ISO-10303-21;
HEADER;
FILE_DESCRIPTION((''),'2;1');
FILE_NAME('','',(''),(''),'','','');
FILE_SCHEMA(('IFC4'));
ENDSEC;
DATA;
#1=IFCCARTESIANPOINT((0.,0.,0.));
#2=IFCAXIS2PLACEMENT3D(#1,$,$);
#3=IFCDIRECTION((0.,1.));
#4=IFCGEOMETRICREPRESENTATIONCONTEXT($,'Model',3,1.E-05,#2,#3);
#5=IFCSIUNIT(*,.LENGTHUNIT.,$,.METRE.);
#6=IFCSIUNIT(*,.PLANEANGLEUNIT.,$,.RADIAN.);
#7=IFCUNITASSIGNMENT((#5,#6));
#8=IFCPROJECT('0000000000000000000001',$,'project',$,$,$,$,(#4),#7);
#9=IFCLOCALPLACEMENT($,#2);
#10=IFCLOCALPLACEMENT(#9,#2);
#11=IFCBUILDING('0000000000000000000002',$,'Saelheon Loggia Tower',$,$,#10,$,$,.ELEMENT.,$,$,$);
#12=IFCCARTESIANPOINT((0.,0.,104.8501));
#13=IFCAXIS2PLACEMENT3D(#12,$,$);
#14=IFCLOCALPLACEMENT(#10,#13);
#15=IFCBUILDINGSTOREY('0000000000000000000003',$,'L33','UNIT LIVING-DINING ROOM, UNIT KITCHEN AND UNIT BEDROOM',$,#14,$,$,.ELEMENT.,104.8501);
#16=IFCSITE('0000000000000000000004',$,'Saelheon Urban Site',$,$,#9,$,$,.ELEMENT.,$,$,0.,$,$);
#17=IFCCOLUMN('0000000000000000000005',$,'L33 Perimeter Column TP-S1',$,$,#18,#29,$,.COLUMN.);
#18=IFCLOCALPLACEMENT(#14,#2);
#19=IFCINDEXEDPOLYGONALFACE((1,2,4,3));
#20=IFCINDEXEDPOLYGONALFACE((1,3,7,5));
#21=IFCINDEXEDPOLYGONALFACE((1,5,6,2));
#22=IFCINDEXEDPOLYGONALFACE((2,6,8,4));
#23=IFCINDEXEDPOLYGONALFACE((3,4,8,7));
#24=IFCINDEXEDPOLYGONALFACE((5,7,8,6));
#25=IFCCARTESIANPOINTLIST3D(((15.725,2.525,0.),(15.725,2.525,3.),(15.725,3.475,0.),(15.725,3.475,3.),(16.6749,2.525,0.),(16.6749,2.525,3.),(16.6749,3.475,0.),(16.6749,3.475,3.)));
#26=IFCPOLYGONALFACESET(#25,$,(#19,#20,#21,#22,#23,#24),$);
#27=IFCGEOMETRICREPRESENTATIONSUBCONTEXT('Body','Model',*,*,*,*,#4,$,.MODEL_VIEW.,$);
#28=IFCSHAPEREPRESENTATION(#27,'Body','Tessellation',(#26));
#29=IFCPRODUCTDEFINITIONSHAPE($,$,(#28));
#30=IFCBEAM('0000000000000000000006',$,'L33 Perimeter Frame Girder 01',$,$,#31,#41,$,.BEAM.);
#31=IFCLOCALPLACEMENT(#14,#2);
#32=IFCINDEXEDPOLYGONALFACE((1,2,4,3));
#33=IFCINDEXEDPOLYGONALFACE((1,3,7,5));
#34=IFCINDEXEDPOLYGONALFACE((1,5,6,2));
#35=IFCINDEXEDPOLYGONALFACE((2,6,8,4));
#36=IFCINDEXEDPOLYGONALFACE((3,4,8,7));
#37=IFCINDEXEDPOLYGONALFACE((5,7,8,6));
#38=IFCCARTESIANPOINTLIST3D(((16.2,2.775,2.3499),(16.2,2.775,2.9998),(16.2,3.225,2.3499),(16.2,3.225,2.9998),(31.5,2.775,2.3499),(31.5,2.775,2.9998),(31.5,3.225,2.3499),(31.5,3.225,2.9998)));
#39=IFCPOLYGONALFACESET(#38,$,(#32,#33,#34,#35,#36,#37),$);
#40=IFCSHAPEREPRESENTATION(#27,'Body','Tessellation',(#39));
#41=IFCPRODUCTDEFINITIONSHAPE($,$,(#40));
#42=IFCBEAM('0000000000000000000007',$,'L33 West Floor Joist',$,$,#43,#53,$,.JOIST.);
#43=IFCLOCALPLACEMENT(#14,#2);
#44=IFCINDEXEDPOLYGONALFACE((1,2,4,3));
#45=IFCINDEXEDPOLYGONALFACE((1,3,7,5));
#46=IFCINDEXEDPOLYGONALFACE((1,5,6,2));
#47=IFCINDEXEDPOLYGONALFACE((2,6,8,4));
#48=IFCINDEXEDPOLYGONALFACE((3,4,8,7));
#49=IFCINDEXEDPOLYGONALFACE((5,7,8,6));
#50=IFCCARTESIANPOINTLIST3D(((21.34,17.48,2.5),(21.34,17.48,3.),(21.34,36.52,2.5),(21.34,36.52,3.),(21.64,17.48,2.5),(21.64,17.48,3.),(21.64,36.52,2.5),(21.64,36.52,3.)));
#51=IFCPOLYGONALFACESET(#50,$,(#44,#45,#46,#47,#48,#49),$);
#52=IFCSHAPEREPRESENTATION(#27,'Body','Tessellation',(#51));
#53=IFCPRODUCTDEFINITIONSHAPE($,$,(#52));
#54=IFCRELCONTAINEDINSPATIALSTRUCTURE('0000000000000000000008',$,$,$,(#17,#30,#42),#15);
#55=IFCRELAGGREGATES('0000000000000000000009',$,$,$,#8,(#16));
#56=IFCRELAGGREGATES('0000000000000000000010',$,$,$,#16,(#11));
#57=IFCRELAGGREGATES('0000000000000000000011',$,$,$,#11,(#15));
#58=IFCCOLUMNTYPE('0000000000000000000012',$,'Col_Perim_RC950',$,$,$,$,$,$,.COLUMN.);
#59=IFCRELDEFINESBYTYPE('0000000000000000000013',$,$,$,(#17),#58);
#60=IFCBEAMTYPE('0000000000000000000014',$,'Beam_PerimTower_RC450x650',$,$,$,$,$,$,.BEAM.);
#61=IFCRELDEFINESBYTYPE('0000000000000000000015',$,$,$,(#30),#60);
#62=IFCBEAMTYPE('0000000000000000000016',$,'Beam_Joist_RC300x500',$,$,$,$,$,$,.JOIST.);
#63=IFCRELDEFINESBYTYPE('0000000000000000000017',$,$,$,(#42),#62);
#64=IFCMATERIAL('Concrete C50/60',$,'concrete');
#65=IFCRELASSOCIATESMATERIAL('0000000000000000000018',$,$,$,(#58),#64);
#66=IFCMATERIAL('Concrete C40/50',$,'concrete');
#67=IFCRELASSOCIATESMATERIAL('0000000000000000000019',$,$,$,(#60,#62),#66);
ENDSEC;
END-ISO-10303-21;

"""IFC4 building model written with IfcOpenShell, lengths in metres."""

from ifc_helpers import new_model, si_unit, direction, frame, origin, origin_2d, place, context, subcontext, project, spatial, rectangle, extrude, source, transform, mapped, material, material_profile, profile_set, type_object, element, save


model = new_model("IFC4")

# Units and contexts
model_context = context("Model", 3, precision=1e-05, world=origin(), true_north=direction((0.0, 1.0)))
body_context = subcontext(model_context, "Body", "Model", "MODEL_VIEW")
ifc_project = project(units=[si_unit("LENGTHUNIT", "METRE"), si_unit("PLANEANGLEUNIT", "RADIAN")], contexts=[model_context])

# Site, building, storey
site_placement = place(None, origin())
site = spatial("IfcSite", under=ifc_project, at=site_placement, Name="Saelheon Urban Site", CompositionType="ELEMENT", RefElevation=0.0)
building_placement = place(site_placement, origin())
building = spatial("IfcBuilding", under=site, at=building_placement, Name="Saelheon Loggia Tower", CompositionType="ELEMENT")
storey_placement = place(building_placement, frame((0.0, 0.0, 104.8501)))
storey = spatial("IfcBuildingStorey", under=building, at=storey_placement, Name="L33", Description="UNIT LIVING-DINING ROOM, UNIT KITCHEN AND UNIT BEDROOM", CompositionType="ELEMENT", Elevation=104.8501)

# Column
ifc_material_1 = material(Name="Concrete C50/60", Category="concrete")
ifc_material_profile_1 = material_profile(ifc_material_1, rectangle(XDim=0.95, YDim=0.95, at=origin_2d()), Name="RC-950x950")
ifc_profile_set_1 = profile_set([ifc_material_profile_1], Name="Concrete C50/60")
column_type = type_object("IfcColumnType", Name="Col_Perim_RC950", PredefinedType="COLUMN", material=ifc_profile_set_1)
shared_shape_1 = source(origin(), body_context, "Body", "SweptSolid", [
    extrude(rectangle(XDim=0.95, YDim=0.95, at=origin_2d()), origin(), (0.0, 0.0, 1.0), 3.0),
])
column_placement = place(storey_placement, frame((16.2, 3.0, 0.0), z_axis=(0.0, 0.0, 1.0), x_axis=(1.0, 0.0, 0.0)))
element("IfcColumn", 1, at=column_placement, inside=storey, type_object=column_type, Name="L33 Perimeter Column TP-S1", PredefinedType="COLUMN", context=body_context, shape_type="MappedRepresentation", body=[
    mapped(shared_shape_1, transform((0.0, 0.0, 0.0), scale=1.0)),
])

# Beams
ifc_material_2 = material(Name="Concrete C40/50", Category="concrete")
ifc_material_profile_2 = material_profile(ifc_material_2, rectangle(XDim=0.45, YDim=0.6499, at=origin_2d()), Name="RC-450x650")
ifc_profile_set_2 = profile_set([ifc_material_profile_2], Name="Concrete C40/50")
beam_type_1 = type_object("IfcBeamType", Name="Beam_PerimTower_RC450x650", PredefinedType="BEAM", material=ifc_profile_set_2)
shared_shape_2 = source(origin(), body_context, "Body", "SweptSolid", [
    extrude(rectangle(XDim=0.45, YDim=0.6499, at=origin_2d()), origin(), (0.0, 0.0, 1.0), 15.3),
])
beam_1_placement = place(storey_placement, frame((16.2, 3.0, 2.6748), z_axis=(1.0, 0.0, 0.0), x_axis=(0.0, 1.0, 0.0)))
element("IfcBeam", 2, at=beam_1_placement, inside=storey, type_object=beam_type_1, Name="L33 Perimeter Frame Girder 01", PredefinedType="BEAM", context=body_context, shape_type="MappedRepresentation", body=[
    mapped(shared_shape_2, transform((0.0, 0.0, 0.0), scale=1.0)),
])
ifc_material_profile_3 = material_profile(ifc_material_2, rectangle(XDim=0.3, YDim=0.5, at=origin_2d()), Name="RC-300x500")
ifc_profile_set_3 = profile_set([ifc_material_profile_3], Name="Concrete C40/50")
beam_type_2 = type_object("IfcBeamType", Name="Beam_Joist_RC300x500", PredefinedType="JOIST", material=ifc_profile_set_3)
shared_shape_3 = source(origin(), body_context, "Body", "SweptSolid", [
    extrude(rectangle(XDim=0.3, YDim=0.5, at=origin_2d()), origin(), (0.0, 0.0, 1.0), 19.04),
])
beam_2_placement = place(storey_placement, frame((21.49, 17.48, 2.75), z_axis=(0.0, 1.0, 0.0), x_axis=(-1.0, 0.0, 0.0)))
element("IfcBeam", 3, at=beam_2_placement, inside=storey, type_object=beam_type_2, Name="L33 West Floor Joist", PredefinedType="JOIST", context=body_context, shape_type="MappedRepresentation", body=[
    mapped(shared_shape_3, transform((0.0, 0.0, 0.0), scale=1.0)),
])

save(model, "model.ifc")
